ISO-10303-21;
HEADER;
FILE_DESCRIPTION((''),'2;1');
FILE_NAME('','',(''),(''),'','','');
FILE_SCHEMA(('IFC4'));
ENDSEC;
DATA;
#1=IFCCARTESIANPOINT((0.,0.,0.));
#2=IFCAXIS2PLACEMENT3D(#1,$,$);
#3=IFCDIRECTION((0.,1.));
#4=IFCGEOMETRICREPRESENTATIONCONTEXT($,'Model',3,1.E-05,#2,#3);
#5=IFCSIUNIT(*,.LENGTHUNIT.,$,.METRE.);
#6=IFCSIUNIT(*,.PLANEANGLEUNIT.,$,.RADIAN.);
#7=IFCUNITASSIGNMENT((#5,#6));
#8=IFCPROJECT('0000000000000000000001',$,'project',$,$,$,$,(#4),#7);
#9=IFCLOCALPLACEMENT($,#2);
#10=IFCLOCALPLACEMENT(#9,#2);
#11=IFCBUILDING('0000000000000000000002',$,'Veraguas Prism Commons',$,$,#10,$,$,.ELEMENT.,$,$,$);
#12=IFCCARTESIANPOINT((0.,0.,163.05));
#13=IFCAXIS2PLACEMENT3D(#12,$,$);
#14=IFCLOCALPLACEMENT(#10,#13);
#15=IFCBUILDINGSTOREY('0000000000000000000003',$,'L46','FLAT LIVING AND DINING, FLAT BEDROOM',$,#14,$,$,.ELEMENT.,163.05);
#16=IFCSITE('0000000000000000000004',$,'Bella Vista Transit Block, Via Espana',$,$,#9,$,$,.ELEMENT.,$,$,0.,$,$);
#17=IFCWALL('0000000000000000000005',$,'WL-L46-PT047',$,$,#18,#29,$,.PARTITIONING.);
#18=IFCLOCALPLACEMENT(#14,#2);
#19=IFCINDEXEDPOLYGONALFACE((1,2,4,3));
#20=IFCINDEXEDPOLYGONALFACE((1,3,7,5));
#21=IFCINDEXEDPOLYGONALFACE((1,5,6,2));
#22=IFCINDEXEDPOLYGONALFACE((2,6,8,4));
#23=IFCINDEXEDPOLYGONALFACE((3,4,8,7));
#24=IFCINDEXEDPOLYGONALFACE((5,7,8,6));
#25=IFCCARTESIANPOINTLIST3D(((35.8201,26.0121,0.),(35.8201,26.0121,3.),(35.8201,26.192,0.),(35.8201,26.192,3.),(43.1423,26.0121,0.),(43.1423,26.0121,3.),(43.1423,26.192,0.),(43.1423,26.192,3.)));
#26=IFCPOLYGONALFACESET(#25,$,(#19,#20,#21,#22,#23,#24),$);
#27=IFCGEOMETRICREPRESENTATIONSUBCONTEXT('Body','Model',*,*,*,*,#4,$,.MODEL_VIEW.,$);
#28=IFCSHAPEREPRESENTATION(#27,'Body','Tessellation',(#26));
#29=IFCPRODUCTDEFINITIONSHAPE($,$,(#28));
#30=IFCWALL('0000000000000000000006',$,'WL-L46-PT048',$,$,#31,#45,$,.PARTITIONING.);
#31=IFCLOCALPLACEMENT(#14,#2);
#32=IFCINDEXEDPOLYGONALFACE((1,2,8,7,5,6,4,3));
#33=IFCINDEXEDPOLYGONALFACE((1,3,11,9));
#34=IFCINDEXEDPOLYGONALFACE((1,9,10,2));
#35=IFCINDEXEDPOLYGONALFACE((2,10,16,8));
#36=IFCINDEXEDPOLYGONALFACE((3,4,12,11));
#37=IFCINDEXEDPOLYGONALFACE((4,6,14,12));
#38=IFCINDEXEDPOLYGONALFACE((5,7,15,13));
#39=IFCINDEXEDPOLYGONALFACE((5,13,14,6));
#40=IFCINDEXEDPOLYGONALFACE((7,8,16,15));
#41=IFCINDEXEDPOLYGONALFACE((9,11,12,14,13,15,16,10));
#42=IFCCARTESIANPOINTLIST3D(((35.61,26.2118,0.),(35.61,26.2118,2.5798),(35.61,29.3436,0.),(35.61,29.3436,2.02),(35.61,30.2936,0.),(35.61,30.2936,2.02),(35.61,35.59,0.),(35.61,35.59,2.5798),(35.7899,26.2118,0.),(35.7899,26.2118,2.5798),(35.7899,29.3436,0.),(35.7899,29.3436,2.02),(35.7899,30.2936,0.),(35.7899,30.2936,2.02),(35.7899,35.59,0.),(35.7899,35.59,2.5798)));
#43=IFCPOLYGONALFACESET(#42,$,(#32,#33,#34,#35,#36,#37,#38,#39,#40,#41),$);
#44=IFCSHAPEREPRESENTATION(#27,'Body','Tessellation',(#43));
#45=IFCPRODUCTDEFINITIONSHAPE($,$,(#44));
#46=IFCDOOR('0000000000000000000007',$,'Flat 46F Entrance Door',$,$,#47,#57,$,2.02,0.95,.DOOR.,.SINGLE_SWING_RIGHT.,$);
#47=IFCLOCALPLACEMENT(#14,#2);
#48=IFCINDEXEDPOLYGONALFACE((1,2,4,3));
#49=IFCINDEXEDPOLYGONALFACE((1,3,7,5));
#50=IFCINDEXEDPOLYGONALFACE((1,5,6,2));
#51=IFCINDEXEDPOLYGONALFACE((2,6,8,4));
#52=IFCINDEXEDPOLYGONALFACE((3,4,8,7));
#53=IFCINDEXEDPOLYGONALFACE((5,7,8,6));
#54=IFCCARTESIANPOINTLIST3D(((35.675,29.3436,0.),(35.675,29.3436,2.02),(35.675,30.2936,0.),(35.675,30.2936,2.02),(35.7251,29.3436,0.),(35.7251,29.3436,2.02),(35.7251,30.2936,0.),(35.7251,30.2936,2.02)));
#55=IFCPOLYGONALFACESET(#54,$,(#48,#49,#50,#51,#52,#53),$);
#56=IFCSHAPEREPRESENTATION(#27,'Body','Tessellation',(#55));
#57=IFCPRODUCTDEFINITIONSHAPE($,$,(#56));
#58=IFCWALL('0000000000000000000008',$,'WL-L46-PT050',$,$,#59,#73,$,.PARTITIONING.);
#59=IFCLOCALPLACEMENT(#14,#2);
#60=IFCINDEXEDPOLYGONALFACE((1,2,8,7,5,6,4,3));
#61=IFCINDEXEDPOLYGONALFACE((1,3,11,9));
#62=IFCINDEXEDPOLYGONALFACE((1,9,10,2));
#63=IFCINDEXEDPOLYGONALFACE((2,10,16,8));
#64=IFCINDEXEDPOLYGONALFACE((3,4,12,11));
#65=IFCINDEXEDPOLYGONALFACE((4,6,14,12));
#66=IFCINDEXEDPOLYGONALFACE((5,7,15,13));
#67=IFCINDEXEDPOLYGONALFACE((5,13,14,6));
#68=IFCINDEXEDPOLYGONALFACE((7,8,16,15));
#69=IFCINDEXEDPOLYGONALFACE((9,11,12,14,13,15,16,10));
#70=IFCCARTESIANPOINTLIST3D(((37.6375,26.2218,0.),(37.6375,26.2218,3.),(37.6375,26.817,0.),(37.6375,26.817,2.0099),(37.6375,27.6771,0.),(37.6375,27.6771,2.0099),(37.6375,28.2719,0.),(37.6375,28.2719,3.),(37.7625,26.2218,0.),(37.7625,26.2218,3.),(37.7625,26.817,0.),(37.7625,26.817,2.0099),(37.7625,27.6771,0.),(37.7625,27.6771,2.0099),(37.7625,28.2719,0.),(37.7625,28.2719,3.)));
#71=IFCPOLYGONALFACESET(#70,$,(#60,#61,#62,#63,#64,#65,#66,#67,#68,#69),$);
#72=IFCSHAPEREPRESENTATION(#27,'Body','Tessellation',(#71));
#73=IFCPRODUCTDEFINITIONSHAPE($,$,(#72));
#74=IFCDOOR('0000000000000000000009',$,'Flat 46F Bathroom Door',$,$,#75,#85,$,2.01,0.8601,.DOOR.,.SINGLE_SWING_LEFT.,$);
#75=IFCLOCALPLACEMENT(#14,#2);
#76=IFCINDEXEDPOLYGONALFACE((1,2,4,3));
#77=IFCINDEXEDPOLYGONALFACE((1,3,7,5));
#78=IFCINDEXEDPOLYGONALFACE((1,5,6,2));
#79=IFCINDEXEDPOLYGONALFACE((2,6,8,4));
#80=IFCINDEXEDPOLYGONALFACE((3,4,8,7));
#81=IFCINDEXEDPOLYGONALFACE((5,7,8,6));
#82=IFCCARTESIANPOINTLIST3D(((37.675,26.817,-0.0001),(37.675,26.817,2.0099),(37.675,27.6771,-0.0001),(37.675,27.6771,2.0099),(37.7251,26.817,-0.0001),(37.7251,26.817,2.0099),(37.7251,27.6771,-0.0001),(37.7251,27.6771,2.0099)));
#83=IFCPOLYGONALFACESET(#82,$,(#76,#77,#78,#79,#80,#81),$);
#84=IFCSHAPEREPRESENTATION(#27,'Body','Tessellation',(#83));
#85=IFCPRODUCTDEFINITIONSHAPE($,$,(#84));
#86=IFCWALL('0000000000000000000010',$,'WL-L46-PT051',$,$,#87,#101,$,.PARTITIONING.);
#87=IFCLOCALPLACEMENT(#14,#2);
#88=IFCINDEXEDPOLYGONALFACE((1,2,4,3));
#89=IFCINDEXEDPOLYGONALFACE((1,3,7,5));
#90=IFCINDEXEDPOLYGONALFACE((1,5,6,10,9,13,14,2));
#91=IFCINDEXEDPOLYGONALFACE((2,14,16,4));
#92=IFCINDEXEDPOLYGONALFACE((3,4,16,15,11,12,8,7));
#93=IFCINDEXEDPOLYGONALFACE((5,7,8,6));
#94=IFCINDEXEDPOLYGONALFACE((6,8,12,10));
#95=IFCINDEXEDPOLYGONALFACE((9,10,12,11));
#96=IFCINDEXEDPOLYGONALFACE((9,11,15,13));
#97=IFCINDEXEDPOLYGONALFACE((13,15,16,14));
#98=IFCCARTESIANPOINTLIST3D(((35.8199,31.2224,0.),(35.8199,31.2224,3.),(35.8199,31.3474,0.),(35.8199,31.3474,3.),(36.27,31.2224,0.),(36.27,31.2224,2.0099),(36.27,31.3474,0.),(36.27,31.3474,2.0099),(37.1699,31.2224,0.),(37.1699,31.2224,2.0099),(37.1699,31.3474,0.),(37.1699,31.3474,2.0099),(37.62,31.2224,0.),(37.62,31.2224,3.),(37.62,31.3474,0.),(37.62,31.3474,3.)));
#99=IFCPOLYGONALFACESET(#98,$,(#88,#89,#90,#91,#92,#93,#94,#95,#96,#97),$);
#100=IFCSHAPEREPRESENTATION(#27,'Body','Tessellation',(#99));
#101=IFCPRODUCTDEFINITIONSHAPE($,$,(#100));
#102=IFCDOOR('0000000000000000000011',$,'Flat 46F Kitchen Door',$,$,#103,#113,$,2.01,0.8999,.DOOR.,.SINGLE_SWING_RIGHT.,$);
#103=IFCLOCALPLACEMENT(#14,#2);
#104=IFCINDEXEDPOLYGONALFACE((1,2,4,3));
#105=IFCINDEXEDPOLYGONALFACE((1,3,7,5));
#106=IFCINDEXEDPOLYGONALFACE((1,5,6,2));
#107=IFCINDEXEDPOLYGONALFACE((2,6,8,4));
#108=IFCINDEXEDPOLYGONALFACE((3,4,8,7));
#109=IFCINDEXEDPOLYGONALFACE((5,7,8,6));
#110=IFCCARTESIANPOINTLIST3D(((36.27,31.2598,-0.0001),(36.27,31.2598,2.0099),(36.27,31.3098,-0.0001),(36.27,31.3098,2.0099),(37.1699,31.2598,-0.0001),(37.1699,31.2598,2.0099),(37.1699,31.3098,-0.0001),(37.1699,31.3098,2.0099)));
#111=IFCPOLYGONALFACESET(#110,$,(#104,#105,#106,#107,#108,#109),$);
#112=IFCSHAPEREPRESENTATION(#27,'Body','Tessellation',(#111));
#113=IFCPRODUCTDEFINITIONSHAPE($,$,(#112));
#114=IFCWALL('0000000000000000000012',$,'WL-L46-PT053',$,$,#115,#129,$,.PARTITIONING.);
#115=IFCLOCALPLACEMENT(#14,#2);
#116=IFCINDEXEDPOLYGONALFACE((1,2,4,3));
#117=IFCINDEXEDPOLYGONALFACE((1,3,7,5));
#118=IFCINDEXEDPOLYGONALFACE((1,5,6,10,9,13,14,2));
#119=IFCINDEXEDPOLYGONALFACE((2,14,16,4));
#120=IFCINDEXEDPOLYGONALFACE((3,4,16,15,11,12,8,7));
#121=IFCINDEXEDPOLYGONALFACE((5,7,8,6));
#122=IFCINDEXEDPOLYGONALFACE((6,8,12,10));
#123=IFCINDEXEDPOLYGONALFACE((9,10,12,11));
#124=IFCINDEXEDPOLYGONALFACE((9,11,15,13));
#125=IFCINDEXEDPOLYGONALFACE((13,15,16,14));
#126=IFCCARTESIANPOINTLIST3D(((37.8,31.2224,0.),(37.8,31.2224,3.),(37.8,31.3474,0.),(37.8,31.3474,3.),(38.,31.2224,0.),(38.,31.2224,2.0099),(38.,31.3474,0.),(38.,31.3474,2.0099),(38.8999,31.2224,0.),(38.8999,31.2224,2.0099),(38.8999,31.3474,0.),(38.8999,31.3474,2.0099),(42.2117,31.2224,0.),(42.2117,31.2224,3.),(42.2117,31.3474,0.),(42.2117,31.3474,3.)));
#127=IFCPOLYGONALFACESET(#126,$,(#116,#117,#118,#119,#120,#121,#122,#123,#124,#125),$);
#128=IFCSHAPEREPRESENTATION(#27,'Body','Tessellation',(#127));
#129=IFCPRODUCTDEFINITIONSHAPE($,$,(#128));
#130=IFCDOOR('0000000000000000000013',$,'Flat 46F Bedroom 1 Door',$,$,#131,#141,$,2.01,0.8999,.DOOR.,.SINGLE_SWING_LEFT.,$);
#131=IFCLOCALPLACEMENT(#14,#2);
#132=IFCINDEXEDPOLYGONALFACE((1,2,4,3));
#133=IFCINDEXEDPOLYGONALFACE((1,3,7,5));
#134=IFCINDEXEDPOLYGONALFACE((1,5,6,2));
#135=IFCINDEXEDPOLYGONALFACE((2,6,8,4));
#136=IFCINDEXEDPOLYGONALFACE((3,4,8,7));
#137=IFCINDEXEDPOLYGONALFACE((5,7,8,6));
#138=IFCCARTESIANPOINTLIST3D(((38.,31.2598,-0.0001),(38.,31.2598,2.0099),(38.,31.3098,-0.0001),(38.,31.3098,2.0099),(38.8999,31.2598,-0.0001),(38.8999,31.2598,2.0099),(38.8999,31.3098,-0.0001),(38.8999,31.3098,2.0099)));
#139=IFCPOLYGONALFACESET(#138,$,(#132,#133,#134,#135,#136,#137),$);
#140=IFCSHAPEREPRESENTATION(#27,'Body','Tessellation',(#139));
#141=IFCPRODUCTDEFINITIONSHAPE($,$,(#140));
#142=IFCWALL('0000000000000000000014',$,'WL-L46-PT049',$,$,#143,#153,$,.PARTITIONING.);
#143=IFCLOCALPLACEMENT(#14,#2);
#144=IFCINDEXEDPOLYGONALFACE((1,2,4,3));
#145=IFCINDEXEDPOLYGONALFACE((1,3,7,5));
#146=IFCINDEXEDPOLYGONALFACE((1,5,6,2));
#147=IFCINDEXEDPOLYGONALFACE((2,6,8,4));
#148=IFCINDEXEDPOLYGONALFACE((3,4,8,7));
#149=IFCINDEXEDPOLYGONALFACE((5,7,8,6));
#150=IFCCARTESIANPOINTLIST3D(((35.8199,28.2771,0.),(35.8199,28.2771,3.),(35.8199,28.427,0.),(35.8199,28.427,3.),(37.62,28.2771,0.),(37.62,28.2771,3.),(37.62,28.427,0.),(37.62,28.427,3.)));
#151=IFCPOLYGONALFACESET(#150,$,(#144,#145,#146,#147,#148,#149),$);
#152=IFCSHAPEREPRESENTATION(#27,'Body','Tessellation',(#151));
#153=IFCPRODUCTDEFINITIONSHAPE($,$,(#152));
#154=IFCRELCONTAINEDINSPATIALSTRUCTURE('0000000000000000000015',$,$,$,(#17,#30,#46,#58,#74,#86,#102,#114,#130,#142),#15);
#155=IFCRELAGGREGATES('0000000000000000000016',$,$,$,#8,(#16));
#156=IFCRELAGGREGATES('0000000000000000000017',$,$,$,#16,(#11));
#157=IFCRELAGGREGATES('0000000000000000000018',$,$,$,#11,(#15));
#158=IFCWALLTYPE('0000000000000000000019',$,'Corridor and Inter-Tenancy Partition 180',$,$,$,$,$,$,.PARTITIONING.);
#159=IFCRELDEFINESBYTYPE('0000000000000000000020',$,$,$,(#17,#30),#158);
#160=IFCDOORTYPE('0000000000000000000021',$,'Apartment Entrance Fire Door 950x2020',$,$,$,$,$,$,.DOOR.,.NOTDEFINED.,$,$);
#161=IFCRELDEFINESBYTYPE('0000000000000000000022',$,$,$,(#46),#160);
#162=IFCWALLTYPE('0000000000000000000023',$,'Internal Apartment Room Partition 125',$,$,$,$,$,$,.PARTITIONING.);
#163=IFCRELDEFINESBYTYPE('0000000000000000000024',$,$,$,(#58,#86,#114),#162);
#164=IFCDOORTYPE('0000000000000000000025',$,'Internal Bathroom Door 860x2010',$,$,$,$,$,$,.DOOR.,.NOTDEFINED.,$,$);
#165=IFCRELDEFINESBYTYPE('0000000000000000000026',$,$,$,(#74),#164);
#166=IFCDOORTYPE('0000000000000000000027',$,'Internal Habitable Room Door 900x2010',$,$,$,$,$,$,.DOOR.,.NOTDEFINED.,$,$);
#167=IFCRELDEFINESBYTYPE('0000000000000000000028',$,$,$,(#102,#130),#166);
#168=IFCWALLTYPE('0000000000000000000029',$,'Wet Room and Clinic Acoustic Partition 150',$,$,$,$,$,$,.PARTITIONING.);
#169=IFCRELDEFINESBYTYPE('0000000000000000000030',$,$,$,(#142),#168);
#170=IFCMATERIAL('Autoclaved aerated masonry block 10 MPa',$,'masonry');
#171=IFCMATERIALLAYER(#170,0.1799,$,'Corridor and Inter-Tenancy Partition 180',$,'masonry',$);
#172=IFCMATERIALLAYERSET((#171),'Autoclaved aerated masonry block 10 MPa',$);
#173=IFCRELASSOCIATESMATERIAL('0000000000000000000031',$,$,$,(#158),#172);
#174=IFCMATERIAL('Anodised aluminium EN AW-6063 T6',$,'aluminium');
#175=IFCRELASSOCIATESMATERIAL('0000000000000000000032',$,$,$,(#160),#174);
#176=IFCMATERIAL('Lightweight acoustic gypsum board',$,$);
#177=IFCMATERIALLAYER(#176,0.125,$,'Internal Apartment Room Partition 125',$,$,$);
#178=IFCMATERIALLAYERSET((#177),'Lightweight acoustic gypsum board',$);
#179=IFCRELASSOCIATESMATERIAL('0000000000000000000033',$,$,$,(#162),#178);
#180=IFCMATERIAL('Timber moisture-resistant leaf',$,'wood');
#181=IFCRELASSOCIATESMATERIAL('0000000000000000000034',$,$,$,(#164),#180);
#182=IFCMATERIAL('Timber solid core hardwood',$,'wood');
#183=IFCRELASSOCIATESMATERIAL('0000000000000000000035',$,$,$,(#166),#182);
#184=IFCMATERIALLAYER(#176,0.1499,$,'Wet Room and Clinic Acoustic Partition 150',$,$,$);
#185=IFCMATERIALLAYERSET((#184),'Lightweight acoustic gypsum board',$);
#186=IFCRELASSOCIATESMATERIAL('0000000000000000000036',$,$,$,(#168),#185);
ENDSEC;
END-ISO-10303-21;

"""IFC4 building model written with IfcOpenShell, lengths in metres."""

from ifc_helpers import new_model, si_unit, direction, frame, frame_2d, origin, place, context, subcontext, project, spatial, rectangle, extrude, source, transform, mapped, material, layer, layer_set, type_object, element, fill, save


model = new_model("IFC4")

# Units and contexts
model_context = context("Model", 3, precision=1e-05, world=origin(), true_north=direction((0.0, 1.0)))
body_context = subcontext(model_context, "Body", "Model", "MODEL_VIEW")
ifc_project = project(units=[si_unit("LENGTHUNIT", "METRE"), si_unit("PLANEANGLEUNIT", "RADIAN")], contexts=[model_context])

# Site, building, storey
site_placement = place(None, origin())
site = spatial("IfcSite", under=ifc_project, at=site_placement, Name="Bella Vista Transit Block, Via Espana", CompositionType="ELEMENT", RefElevation=0.0)
building_placement = place(site_placement, origin())
building = spatial("IfcBuilding", under=site, at=building_placement, Name="Veraguas Prism Commons", CompositionType="ELEMENT")
storey_placement = place(building_placement, frame((0.0, 0.0, 163.05)))
storey = spatial("IfcBuildingStorey", under=building, at=storey_placement, Name="L46", Description="FLAT LIVING AND DINING, FLAT BEDROOM", CompositionType="ELEMENT", Elevation=163.05)

# Shared definitions
ifc_material_1 = material(Name="Anodised aluminium EN AW-6063 T6", Category="aluminium")

# Wall
ifc_material_2 = material(Name="Autoclaved aerated masonry block 10 MPa", Category="masonry")
ifc_layer_1 = layer(ifc_material_2, 0.1799, Name="Corridor and Inter-Tenancy Partition 180", Category="masonry")
ifc_layer_set_1 = layer_set([ifc_layer_1], Name="Autoclaved aerated masonry block 10 MPa")
wall_type_1 = type_object("IfcWallType", Name="Corridor and Inter-Tenancy Partition 180", PredefinedType="PARTITIONING", material=ifc_layer_set_1)
wall_1_placement = place(storey_placement, frame((35.8201, 26.1021, 0.0), z_axis=(0.0, 0.0, 1.0), x_axis=(1.0, 0.0, 0.0)))
element("IfcWall", 1, at=wall_1_placement, inside=storey, type_object=wall_type_1, Name="WL-L46-PT047", PredefinedType="PARTITIONING", context=body_context, shape_type="SweptSolid", body=[
    extrude(rectangle(XDim=7.3223, YDim=0.1799, at=frame_2d((3.6611, 0.0))), origin(), (0.0, 0.0, 1.0), 3.0),
])

# Walls, openings, doors
wall_2_placement = place(storey_placement, frame((35.7, 26.2119, 0.0), z_axis=(0.0, 0.0, 1.0), x_axis=(0.0, 1.0, 0.0)))
wall_2 = element("IfcWall", 2, at=wall_2_placement, inside=storey, type_object=wall_type_1, Name="WL-L46-PT048", PredefinedType="PARTITIONING", context=body_context, shape_type="SweptSolid", body=[
    extrude(rectangle(XDim=9.3782, YDim=0.1799, at=frame_2d((4.689, 0.0))), origin(), (0.0, 0.0, 1.0), 2.5798),
])
opening_1_placement = place(wall_2_placement, frame((3.1316, 0.0, 0.0)))
opening_1 = element("IfcOpeningElement", 3, at=opening_1_placement, cuts=wall_2, PredefinedType="OPENING", context=body_context, shape_type="SweptSolid", body=[
    extrude(rectangle(XDim=0.95, YDim=2.02, at=frame_2d((0.4751, 1.01))), frame((0.0, 0.0999, 0.0), z_axis=(0.0, -1.0, 0.0), x_axis=(1.0, 0.0, 0.0)), (0.0, 0.0, 1.0), 0.2),
])
door_type_1 = type_object("IfcDoorType", Name="Apartment Entrance Fire Door 950x2020", OperationType="NOTDEFINED", PredefinedType="DOOR", material=ifc_material_1)
shared_shape_1 = source(origin(), body_context, "Body", "SweptSolid", [
    extrude(rectangle(XDim=0.95, YDim=2.02, at=frame_2d((0.4751, 1.01))), frame((0.0, 0.0249, 0.0), z_axis=(0.0, -1.0, 0.0), x_axis=(1.0, 0.0, 0.0)), (0.0, 0.0, 1.0), 0.05),
])
door_1_placement = place(opening_1_placement, origin())
door_1 = element("IfcDoor", 4, at=door_1_placement, inside=storey, type_object=door_type_1, Name="Flat 46F Entrance Door", OperationType="SINGLE_SWING_RIGHT", OverallHeight=2.02, OverallWidth=0.95, PredefinedType="DOOR", context=body_context, shape_type="MappedRepresentation", body=[
    mapped(shared_shape_1, transform((0.0, 0.0, 0.0), scale=1.0)),
])
fill(opening_1, door_1)
ifc_material_3 = material(Name="Lightweight acoustic gypsum board")
ifc_layer_2 = layer(ifc_material_3, 0.125, Name="Internal Apartment Room Partition 125")
ifc_layer_set_2 = layer_set([ifc_layer_2], Name="Lightweight acoustic gypsum board")
wall_type_2 = type_object("IfcWallType", Name="Internal Apartment Room Partition 125", PredefinedType="PARTITIONING", material=ifc_layer_set_2)
wall_3_placement = place(storey_placement, frame((37.7, 26.2219, 0.0), z_axis=(0.0, 0.0, 1.0), x_axis=(0.0, 1.0, 0.0)))
wall_3 = element("IfcWall", 5, at=wall_3_placement, inside=storey, type_object=wall_type_2, Name="WL-L46-PT050", PredefinedType="PARTITIONING", context=body_context, shape_type="SweptSolid", body=[
    extrude(rectangle(XDim=2.05, YDim=0.125, at=frame_2d((1.0249, 0.0))), origin(), (0.0, 0.0, 1.0), 3.0),
])
opening_2_placement = place(wall_3_placement, frame((0.595, 0.0, 0.0)))
opening_2 = element("IfcOpeningElement", 6, at=opening_2_placement, cuts=wall_3, PredefinedType="OPENING", context=body_context, shape_type="SweptSolid", body=[
    extrude(rectangle(XDim=0.8601, YDim=2.01, at=frame_2d((0.4302, 1.0049))), frame((0.0, 0.0725, 0.0), z_axis=(0.0, -1.0, 0.0), x_axis=(1.0, 0.0, 0.0)), (0.0, 0.0, 1.0), 0.145),
])
ifc_material_4 = material(Name="Timber moisture-resistant leaf", Category="wood")
door_type_2 = type_object("IfcDoorType", Name="Internal Bathroom Door 860x2010", OperationType="NOTDEFINED", PredefinedType="DOOR", material=ifc_material_4)
shared_shape_2 = source(origin(), body_context, "Body", "SweptSolid", [
    extrude(rectangle(XDim=0.8601, YDim=2.01, at=frame_2d((0.4302, 1.0049))), frame((0.0, 0.0249, 0.0), z_axis=(0.0, -1.0, 0.0), x_axis=(1.0, 0.0, 0.0)), (0.0, 0.0, 1.0), 0.05),
])
door_2_placement = place(opening_2_placement, origin())
door_2 = element("IfcDoor", 7, at=door_2_placement, inside=storey, type_object=door_type_2, Name="Flat 46F Bathroom Door", OperationType="SINGLE_SWING_LEFT", OverallHeight=2.01, OverallWidth=0.8601, PredefinedType="DOOR", context=body_context, shape_type="MappedRepresentation", body=[
    mapped(shared_shape_2, transform((0.0, 0.0, 0.0), scale=1.0)),
])
fill(opening_2, door_2)
wall_4_placement = place(storey_placement, frame((35.8201, 31.2849, 0.0), z_axis=(0.0, 0.0, 1.0), x_axis=(1.0, 0.0, 0.0)))
wall_4 = element("IfcWall", 8, at=wall_4_placement, inside=storey, type_object=wall_type_2, Name="WL-L46-PT051", PredefinedType="PARTITIONING", context=body_context, shape_type="SweptSolid", body=[
    extrude(rectangle(XDim=1.8, YDim=0.125, at=frame_2d((0.8999, 0.0))), origin(), (0.0, 0.0, 1.0), 3.0),
])
opening_3_placement = place(wall_4_placement, frame((0.45, 0.0, 0.0)))
opening_3 = element("IfcOpeningElement", 9, at=opening_3_placement, cuts=wall_4, PredefinedType="OPENING", context=body_context, shape_type="SweptSolid", body=[
    extrude(rectangle(XDim=0.8999, YDim=2.01, at=frame_2d((0.45, 1.0049))), frame((0.0, 0.0725, 0.0), z_axis=(0.0, -1.0, 0.0), x_axis=(1.0, 0.0, 0.0)), (0.0, 0.0, 1.0), 0.145),
])
ifc_material_5 = material(Name="Timber solid core hardwood", Category="wood")
door_type_3 = type_object("IfcDoorType", Name="Internal Habitable Room Door 900x2010", OperationType="NOTDEFINED", PredefinedType="DOOR", material=ifc_material_5)
shared_shape_3 = source(origin(), body_context, "Body", "SweptSolid", [
    extrude(rectangle(XDim=0.8999, YDim=2.01, at=frame_2d((0.45, 1.0049))), frame((0.0, 0.0249, 0.0), z_axis=(0.0, -1.0, 0.0), x_axis=(1.0, 0.0, 0.0)), (0.0, 0.0, 1.0), 0.05),
])
door_3_placement = place(opening_3_placement, origin())
door_3 = element("IfcDoor", 10, at=door_3_placement, inside=storey, type_object=door_type_3, Name="Flat 46F Kitchen Door", OperationType="SINGLE_SWING_RIGHT", OverallHeight=2.01, OverallWidth=0.8999, PredefinedType="DOOR", context=body_context, shape_type="MappedRepresentation", body=[
    mapped(shared_shape_3, transform((0.0, 0.0, 0.0), scale=1.0)),
])
fill(opening_3, door_3)
wall_5_placement = place(storey_placement, frame((37.8, 31.2849, 0.0), z_axis=(0.0, 0.0, 1.0), x_axis=(1.0, 0.0, 0.0)))
wall_5 = element("IfcWall", 11, at=wall_5_placement, inside=storey, type_object=wall_type_2, Name="WL-L46-PT053", PredefinedType="PARTITIONING", context=body_context, shape_type="SweptSolid", body=[
    extrude(rectangle(XDim=4.4116, YDim=0.125, at=frame_2d((2.2058, 0.0))), origin(), (0.0, 0.0, 1.0), 3.0),
])
opening_4_placement = place(wall_5_placement, frame((0.2, 0.0, 0.0)))
opening_4 = element("IfcOpeningElement", 12, at=opening_4_placement, cuts=wall_5, PredefinedType="OPENING", context=body_context, shape_type="SweptSolid", body=[
    extrude(rectangle(XDim=0.8999, YDim=2.01, at=frame_2d((0.45, 1.0049))), frame((0.0, 0.0725, 0.0), z_axis=(0.0, -1.0, 0.0), x_axis=(1.0, 0.0, 0.0)), (0.0, 0.0, 1.0), 0.145),
])
door_4_placement = place(opening_4_placement, origin())
door_4 = element("IfcDoor", 13, at=door_4_placement, inside=storey, type_object=door_type_3, Name="Flat 46F Bedroom 1 Door", OperationType="SINGLE_SWING_LEFT", OverallHeight=2.01, OverallWidth=0.8999, PredefinedType="DOOR", context=body_context, shape_type="MappedRepresentation", body=[
    mapped(shared_shape_3, transform((0.0, 0.0, 0.0), scale=1.0)),
])
fill(opening_4, door_4)

# Wall
ifc_layer_3 = layer(ifc_material_3, 0.1499, Name="Wet Room and Clinic Acoustic Partition 150")
ifc_layer_set_3 = layer_set([ifc_layer_3], Name="Lightweight acoustic gypsum board")
wall_type_3 = type_object("IfcWallType", Name="Wet Room and Clinic Acoustic Partition 150", PredefinedType="PARTITIONING", material=ifc_layer_set_3)
wall_6_placement = place(storey_placement, frame((35.8201, 28.3521, 0.0), z_axis=(0.0, 0.0, 1.0), x_axis=(1.0, 0.0, 0.0)))
element("IfcWall", 14, at=wall_6_placement, inside=storey, type_object=wall_type_3, Name="WL-L46-PT049", PredefinedType="PARTITIONING", context=body_context, shape_type="SweptSolid", body=[
    extrude(rectangle(XDim=1.8, YDim=0.1499, at=frame_2d((0.8999, 0.0))), origin(), (0.0, 0.0, 1.0), 3.0),
])

save(model, "model.ifc")
